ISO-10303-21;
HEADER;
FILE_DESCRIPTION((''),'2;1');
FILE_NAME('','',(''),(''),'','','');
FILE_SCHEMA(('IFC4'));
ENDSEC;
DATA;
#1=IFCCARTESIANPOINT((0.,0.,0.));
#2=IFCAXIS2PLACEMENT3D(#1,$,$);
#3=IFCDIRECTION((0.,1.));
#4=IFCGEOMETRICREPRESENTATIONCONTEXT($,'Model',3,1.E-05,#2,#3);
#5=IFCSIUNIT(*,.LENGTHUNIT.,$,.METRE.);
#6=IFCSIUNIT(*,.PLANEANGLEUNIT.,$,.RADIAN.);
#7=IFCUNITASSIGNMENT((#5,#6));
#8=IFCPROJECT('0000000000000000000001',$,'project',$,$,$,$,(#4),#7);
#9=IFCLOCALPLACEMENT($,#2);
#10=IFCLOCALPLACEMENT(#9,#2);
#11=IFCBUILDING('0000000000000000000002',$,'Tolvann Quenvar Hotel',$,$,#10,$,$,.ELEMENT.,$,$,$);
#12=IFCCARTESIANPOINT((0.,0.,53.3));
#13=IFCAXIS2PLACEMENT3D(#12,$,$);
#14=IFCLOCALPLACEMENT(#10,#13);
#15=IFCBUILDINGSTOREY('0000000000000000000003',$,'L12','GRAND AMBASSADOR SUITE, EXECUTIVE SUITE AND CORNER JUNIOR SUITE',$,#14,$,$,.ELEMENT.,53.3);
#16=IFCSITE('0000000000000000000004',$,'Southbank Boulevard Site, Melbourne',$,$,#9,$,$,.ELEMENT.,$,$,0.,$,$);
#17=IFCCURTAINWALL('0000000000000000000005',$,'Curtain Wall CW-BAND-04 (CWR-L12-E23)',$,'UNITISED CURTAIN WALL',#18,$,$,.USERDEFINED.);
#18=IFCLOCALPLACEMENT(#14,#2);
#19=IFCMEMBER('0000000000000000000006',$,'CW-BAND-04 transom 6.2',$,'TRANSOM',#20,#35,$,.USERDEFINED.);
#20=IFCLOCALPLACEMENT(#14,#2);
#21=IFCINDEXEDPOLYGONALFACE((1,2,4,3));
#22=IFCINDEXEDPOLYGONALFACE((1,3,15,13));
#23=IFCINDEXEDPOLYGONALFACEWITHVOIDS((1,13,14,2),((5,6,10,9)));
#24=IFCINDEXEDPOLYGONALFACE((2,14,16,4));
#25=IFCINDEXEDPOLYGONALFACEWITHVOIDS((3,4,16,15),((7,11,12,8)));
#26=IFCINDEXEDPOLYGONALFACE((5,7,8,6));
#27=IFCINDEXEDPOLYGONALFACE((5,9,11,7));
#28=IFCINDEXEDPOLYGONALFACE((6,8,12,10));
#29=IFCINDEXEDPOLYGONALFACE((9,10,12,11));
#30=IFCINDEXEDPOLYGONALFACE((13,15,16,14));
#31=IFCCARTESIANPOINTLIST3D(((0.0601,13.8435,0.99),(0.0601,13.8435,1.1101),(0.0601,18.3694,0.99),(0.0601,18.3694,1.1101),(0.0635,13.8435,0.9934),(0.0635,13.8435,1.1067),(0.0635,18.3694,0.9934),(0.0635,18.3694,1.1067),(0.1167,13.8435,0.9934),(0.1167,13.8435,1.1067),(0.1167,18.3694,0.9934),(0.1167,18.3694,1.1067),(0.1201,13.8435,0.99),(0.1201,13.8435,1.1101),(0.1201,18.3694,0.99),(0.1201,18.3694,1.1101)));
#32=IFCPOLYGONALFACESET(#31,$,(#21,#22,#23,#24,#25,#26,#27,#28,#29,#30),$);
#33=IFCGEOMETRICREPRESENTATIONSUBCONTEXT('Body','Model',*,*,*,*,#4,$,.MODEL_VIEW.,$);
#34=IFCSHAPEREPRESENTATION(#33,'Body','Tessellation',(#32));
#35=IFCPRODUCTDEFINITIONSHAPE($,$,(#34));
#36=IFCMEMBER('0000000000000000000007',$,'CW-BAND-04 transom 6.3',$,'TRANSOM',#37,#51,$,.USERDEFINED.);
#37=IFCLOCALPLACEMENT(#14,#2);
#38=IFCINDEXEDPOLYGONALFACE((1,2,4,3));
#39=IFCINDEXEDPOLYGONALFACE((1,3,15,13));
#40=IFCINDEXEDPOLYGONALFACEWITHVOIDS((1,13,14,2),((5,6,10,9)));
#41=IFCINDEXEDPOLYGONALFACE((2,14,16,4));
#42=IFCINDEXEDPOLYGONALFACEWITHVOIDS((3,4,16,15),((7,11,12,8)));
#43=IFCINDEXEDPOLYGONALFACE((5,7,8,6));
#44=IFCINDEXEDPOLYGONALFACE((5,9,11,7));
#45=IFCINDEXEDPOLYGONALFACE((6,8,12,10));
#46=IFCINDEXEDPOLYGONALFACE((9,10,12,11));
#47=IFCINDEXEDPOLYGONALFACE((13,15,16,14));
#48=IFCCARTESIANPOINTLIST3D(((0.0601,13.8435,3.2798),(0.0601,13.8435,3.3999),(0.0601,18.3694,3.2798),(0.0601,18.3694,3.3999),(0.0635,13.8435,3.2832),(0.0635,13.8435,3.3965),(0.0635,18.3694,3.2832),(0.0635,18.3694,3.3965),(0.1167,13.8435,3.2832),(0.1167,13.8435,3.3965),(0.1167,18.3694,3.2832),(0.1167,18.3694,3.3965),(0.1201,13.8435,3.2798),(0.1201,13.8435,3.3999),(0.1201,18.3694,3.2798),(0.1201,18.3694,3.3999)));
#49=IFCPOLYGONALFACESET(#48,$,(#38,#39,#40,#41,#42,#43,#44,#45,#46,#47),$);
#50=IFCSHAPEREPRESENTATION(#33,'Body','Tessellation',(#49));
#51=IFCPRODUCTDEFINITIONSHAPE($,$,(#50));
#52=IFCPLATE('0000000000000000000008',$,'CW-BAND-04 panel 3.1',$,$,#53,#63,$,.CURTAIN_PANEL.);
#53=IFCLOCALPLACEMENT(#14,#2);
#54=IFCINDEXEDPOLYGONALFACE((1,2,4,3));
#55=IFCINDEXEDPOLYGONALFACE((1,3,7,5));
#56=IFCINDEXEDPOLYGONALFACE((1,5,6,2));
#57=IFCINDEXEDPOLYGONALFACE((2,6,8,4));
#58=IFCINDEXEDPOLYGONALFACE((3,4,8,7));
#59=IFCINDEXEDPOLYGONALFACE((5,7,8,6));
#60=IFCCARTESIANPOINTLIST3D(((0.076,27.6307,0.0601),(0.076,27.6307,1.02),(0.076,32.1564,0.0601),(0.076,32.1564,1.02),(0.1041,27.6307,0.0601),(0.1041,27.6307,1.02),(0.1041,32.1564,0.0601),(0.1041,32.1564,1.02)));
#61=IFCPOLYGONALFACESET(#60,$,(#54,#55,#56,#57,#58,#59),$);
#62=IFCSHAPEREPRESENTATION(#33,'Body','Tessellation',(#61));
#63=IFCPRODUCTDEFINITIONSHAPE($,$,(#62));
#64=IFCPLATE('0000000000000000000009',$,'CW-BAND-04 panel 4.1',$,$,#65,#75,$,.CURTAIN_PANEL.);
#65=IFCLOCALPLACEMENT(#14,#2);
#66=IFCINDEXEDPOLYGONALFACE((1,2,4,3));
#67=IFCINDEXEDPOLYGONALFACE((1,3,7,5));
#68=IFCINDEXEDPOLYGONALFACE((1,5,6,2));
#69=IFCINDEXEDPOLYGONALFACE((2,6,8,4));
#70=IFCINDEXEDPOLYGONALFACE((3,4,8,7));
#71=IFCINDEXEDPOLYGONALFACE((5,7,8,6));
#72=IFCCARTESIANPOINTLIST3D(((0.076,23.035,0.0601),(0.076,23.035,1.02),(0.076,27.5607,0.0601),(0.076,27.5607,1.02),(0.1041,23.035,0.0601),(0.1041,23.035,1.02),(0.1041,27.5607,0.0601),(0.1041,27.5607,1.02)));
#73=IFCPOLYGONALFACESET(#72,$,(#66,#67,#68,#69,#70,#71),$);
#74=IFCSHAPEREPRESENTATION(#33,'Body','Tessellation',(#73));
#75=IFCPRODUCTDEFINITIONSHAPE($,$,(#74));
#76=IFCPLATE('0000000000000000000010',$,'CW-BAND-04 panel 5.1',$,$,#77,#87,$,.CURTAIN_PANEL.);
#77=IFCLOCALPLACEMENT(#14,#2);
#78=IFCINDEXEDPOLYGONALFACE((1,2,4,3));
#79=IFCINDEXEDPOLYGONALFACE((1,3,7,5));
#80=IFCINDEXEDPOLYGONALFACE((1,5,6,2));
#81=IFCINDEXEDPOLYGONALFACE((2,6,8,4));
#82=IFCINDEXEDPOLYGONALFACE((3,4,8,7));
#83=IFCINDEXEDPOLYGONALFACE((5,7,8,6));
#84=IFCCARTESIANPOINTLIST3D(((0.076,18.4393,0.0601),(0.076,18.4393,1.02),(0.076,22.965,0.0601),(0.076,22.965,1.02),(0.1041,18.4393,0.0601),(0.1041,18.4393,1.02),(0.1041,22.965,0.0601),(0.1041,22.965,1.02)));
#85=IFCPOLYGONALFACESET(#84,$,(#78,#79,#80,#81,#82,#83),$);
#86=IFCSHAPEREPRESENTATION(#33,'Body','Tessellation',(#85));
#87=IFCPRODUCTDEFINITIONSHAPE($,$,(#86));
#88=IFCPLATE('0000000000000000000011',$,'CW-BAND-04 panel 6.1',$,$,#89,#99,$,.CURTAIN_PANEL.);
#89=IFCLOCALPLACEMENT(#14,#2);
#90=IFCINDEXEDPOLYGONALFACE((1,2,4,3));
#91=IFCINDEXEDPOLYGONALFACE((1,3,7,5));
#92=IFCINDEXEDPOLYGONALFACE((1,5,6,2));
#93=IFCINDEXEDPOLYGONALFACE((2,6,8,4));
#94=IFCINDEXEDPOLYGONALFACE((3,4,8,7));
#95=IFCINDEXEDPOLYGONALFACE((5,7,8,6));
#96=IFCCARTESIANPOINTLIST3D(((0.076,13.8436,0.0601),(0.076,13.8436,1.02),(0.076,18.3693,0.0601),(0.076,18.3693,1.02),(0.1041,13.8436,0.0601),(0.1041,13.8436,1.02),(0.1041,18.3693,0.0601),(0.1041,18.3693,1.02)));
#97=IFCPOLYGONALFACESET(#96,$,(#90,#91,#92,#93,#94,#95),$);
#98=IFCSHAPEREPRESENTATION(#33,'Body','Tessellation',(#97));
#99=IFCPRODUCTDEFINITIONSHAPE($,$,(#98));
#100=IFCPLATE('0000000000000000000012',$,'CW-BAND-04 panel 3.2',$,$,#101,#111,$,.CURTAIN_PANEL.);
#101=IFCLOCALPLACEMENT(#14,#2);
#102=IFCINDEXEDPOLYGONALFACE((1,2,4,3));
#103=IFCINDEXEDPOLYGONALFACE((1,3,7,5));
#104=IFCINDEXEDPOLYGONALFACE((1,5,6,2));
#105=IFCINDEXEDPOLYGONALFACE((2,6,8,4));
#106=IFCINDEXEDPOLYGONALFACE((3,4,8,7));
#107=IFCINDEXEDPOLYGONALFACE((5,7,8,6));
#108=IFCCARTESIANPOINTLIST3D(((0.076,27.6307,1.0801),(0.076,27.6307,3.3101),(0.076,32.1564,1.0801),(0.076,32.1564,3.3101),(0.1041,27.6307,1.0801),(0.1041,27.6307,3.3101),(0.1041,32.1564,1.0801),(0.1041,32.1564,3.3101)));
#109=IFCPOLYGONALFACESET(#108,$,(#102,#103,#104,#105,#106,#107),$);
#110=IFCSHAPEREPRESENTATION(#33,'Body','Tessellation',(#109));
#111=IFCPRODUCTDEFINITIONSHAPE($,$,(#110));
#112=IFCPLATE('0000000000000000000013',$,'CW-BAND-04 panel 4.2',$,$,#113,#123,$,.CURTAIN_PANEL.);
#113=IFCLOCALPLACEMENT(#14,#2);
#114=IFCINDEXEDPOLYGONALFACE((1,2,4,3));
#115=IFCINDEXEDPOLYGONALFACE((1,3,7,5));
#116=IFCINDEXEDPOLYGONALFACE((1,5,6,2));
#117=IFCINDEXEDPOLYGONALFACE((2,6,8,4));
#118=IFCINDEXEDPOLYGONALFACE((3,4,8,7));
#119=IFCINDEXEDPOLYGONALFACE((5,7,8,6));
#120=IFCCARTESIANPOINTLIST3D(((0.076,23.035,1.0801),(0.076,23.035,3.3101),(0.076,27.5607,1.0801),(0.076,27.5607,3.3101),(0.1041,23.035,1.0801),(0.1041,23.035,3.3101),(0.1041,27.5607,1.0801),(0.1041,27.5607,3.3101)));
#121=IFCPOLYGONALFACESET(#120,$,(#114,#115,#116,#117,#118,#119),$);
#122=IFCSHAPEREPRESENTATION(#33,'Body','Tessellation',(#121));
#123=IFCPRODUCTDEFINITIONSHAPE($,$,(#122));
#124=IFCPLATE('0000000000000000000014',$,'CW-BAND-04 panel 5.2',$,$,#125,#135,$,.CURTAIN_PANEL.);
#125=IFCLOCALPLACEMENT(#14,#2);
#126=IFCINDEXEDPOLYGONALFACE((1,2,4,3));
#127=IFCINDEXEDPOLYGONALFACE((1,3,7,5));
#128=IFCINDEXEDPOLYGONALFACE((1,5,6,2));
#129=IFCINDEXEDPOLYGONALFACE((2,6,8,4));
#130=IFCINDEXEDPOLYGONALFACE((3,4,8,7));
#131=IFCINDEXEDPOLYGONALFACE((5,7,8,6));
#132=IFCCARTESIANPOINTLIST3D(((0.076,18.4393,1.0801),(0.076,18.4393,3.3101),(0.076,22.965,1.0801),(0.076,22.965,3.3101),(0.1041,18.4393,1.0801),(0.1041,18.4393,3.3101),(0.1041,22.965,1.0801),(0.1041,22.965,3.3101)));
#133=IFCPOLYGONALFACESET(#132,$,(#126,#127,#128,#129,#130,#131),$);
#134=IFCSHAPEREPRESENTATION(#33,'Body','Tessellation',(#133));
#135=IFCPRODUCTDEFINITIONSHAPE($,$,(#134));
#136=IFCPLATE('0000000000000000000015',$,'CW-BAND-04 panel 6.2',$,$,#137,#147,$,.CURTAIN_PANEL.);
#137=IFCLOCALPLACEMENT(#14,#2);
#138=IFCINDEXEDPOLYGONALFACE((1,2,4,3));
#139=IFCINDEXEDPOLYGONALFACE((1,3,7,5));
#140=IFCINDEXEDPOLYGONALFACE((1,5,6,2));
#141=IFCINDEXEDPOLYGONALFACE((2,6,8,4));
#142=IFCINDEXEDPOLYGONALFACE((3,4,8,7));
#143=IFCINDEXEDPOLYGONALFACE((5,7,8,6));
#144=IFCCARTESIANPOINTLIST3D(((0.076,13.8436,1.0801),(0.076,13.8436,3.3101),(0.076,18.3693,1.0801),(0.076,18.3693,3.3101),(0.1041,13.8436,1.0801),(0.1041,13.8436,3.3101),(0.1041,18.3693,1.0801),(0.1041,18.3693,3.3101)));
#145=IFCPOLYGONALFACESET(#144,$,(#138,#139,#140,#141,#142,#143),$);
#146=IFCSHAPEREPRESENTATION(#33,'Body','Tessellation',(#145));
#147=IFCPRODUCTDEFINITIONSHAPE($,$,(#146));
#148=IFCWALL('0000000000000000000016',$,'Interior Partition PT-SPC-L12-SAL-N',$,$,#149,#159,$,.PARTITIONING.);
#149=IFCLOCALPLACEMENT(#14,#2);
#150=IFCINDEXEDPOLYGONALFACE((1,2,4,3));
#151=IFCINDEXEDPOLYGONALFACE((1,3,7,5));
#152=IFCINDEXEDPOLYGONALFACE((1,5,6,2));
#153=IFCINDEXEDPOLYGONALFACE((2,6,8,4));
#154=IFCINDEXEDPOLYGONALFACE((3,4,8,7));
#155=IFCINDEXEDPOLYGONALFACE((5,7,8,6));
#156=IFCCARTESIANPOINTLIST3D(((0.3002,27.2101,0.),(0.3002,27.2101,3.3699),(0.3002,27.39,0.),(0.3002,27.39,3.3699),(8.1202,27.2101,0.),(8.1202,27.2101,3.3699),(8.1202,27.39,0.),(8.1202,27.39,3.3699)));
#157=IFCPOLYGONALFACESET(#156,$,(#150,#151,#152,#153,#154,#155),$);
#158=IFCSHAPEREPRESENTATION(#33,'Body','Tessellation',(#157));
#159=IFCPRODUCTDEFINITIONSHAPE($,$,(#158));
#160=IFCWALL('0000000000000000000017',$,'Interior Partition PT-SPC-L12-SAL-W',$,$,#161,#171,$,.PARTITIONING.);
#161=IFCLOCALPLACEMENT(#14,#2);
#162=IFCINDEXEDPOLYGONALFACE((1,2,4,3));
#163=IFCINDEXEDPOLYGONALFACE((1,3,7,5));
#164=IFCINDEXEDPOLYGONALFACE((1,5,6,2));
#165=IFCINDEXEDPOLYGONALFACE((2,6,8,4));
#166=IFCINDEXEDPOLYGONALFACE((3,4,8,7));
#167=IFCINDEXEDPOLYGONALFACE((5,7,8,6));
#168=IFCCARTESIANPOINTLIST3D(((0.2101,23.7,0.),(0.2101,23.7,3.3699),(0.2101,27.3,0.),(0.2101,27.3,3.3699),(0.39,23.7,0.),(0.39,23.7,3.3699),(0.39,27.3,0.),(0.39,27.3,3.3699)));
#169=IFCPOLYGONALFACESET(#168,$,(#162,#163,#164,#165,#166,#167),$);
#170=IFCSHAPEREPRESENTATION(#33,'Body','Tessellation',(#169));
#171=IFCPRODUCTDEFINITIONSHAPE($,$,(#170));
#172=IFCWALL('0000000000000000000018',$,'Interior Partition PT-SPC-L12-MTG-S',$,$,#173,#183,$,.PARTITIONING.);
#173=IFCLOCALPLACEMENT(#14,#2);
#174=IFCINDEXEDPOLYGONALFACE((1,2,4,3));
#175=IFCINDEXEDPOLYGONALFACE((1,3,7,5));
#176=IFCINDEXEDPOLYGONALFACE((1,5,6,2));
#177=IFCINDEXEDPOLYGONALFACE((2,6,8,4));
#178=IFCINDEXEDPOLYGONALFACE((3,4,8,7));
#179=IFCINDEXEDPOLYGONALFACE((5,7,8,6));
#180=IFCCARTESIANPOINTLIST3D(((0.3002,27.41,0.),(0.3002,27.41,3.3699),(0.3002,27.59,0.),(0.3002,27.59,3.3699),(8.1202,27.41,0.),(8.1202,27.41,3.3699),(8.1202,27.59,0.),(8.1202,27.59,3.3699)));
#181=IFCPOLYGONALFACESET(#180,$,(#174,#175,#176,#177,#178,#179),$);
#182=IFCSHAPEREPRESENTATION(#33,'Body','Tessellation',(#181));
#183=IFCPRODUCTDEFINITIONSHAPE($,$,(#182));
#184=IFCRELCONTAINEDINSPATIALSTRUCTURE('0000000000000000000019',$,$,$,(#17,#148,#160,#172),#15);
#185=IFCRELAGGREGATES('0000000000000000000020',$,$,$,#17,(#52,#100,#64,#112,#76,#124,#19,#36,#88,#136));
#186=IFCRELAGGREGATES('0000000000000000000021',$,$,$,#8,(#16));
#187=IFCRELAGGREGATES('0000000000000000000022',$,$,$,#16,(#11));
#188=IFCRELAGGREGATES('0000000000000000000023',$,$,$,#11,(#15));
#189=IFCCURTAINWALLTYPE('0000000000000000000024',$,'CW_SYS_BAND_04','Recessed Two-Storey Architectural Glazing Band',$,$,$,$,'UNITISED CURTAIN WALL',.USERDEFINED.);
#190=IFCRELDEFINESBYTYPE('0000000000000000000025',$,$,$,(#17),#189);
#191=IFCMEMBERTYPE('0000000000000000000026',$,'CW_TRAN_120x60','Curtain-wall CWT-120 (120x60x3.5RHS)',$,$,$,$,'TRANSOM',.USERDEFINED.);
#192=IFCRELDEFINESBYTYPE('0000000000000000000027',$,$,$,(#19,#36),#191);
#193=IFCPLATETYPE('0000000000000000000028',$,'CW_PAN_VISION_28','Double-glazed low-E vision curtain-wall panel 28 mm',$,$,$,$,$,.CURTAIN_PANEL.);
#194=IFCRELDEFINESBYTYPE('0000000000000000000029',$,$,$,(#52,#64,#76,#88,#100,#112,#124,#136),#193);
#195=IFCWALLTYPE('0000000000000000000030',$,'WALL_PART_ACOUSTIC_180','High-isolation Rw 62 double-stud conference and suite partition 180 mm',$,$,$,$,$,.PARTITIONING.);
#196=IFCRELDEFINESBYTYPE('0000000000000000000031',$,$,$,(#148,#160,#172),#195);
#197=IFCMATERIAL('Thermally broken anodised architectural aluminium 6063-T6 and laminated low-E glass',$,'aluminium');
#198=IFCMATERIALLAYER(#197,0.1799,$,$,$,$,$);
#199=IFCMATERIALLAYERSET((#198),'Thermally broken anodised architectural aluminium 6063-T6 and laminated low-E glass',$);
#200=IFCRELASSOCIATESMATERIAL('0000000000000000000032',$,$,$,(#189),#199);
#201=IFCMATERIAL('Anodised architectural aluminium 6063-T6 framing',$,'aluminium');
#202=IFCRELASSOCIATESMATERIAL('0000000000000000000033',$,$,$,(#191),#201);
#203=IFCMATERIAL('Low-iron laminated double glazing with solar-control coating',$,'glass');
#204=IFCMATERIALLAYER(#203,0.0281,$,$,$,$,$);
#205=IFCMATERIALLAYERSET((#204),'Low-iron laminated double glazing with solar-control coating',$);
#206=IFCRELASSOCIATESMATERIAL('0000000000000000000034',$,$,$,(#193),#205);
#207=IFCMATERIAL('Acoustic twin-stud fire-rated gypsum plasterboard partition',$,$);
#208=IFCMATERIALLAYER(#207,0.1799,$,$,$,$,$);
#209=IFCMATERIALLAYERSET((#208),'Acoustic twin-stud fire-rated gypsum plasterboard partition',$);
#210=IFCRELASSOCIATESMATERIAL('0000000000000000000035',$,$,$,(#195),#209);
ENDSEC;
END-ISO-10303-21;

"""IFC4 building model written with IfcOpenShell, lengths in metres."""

from ifc_helpers import new_model, si_unit, direction, frame, frame_2d, origin, origin_2d, place, context, subcontext, project, spatial, rectangle, hollow_rectangle, extrude, source, transform, mapped, material, layer, layer_set, material_profile, profile_set, type_object, type_shapes, element, aggregate, save


model = new_model("IFC4")

# Units and contexts
model_context = context("Model", 3, precision=1e-05, world=origin(), true_north=direction((0.0, 1.0)))
body_context = subcontext(model_context, "Body", "Model", "MODEL_VIEW")
ifc_project = project(units=[si_unit("LENGTHUNIT", "METRE"), si_unit("PLANEANGLEUNIT", "RADIAN")], contexts=[model_context])

# Site, building, storey
site_placement = place(None, origin())
site = spatial("IfcSite", under=ifc_project, at=site_placement, Name="Southbank Boulevard Site, Melbourne", CompositionType="ELEMENT", RefElevation=0.0)
building_placement = place(site_placement, origin())
building = spatial("IfcBuilding", under=site, at=building_placement, Name="Tolvann Quenvar Hotel", CompositionType="ELEMENT")
storey_placement = place(building_placement, frame((0.0, 0.0, 53.3)))
storey = spatial("IfcBuildingStorey", under=building, at=storey_placement, Name="L12", Description="GRAND AMBASSADOR SUITE, EXECUTIVE SUITE AND CORNER JUNIOR SUITE", CompositionType="ELEMENT", Elevation=53.3)

# Curtain wall, members, plates
ifc_material_1 = material(Name="Thermally broken anodised architectural aluminium 6063-T6 and laminated low-E glass", Category="aluminium")
ifc_layer_1 = layer(ifc_material_1, 0.1799)
ifc_layer_set_1 = layer_set([ifc_layer_1], Name="Thermally broken anodised architectural aluminium 6063-T6 and laminated low-E glass")
curtain_wall_type = type_object("IfcCurtainWallType", Name="CW_SYS_BAND_04", Description="Recessed Two-Storey Architectural Glazing Band", ElementType="UNITISED CURTAIN WALL", PredefinedType="USERDEFINED", material=ifc_layer_set_1)
curtain_wall_placement = place(storey_placement, origin())
curtain_wall = element("IfcCurtainWall", 1, at=curtain_wall_placement, inside=storey, type_object=curtain_wall_type, Name="Curtain Wall CW-BAND-04 (CWR-L12-E23)", ObjectType="UNITISED CURTAIN WALL", PredefinedType="USERDEFINED")
ifc_material_2 = material(Name="Anodised architectural aluminium 6063-T6 framing", Category="aluminium")
ifc_material_profile_1 = material_profile(ifc_material_2, hollow_rectangle(XDim=0.0601, YDim=0.1201, WallThickness=0.0034, at=origin_2d()), Name="120x60x3.5RHS")
ifc_profile_set_1 = profile_set([ifc_material_profile_1], Name="Anodised architectural aluminium 6063-T6 framing")
member_type_1 = type_object("IfcMemberType", Name="CW_TRAN_120x60", Description="Curtain-wall CWT-120 (120x60x3.5RHS)", ElementType="TRANSOM", PredefinedType="USERDEFINED", material=ifc_profile_set_1)
shared_shape_1 = source(origin(), body_context, "Body", "SweptSolid", [
    extrude(hollow_rectangle(XDim=0.0601, YDim=0.1201, WallThickness=0.0034, at=origin_2d()), origin(), (0.0, 0.0, 1.0), 4.5259),
])
type_shapes(member_type_1, [shared_shape_1])
member_1_placement = place(storey_placement, frame((0.0901, 18.3694, 1.05), z_axis=(0.0, -1.0, 0.0), x_axis=(1.0, 0.0, 0.0)))
member_1 = element("IfcMember", 2, at=member_1_placement, type_object=member_type_1, Name="CW-BAND-04 transom 6.2", ObjectType="TRANSOM", PredefinedType="USERDEFINED", context=body_context, shape_type="MappedRepresentation", body=[
    mapped(shared_shape_1, transform((0.0, 0.0, 0.0), x_axis=(1.0, 0.0, 0.0), y_axis=(0.0, 1.0, 0.0), z_axis=(0.0, 0.0, 1.0), scale=1.0)),
])
member_2_placement = place(storey_placement, frame((0.0901, 18.3694, 3.3398), z_axis=(0.0, -1.0, 0.0), x_axis=(1.0, 0.0, 0.0)))
member_2 = element("IfcMember", 3, at=member_2_placement, type_object=member_type_1, Name="CW-BAND-04 transom 6.3", ObjectType="TRANSOM", PredefinedType="USERDEFINED", context=body_context, shape_type="MappedRepresentation", body=[
    mapped(shared_shape_1, transform((0.0, 0.0, 0.0), x_axis=(1.0, 0.0, 0.0), y_axis=(0.0, 1.0, 0.0), z_axis=(0.0, 0.0, 1.0), scale=1.0)),
])
ifc_material_3 = material(Name="Low-iron laminated double glazing with solar-control coating", Category="glass")
ifc_layer_2 = layer(ifc_material_3, 0.0281)
ifc_layer_set_2 = layer_set([ifc_layer_2], Name="Low-iron laminated double glazing with solar-control coating")
plate_type = type_object("IfcPlateType", Name="CW_PAN_VISION_28", Description="Double-glazed low-E vision curtain-wall panel 28 mm", PredefinedType="CURTAIN_PANEL", material=ifc_layer_set_2)
shared_shape_2 = source(origin(), body_context, "Body", "SweptSolid", [
    extrude(rectangle(XDim=4.5256, YDim=0.0281, at=origin_2d()), origin(), (0.0, 0.0, 1.0), 0.96),
])
plate_1_placement = place(storey_placement, frame((0.0901, 29.8936, 0.0601), z_axis=(0.0, 0.0, 1.0), x_axis=(0.0, -1.0, 0.0)))
plate_1 = element("IfcPlate", 4, at=plate_1_placement, type_object=plate_type, Name="CW-BAND-04 panel 3.1", PredefinedType="CURTAIN_PANEL", context=body_context, shape_type="MappedRepresentation", body=[
    mapped(shared_shape_2, transform((0.0, 0.0, 0.0), x_axis=(1.0, 0.0, 0.0), y_axis=(0.0, 1.0, 0.0), z_axis=(0.0, 0.0, 1.0), scale=1.0)),
])
plate_2_placement = place(storey_placement, frame((0.0901, 25.2979, 0.0601), z_axis=(0.0, 0.0, 1.0), x_axis=(0.0, -1.0, 0.0)))
plate_2 = element("IfcPlate", 5, at=plate_2_placement, type_object=plate_type, Name="CW-BAND-04 panel 4.1", PredefinedType="CURTAIN_PANEL", context=body_context, shape_type="MappedRepresentation", body=[
    mapped(shared_shape_2, transform((0.0, 0.0, 0.0), x_axis=(1.0, 0.0, 0.0), y_axis=(0.0, 1.0, 0.0), z_axis=(0.0, 0.0, 1.0), scale=1.0)),
])
plate_3_placement = place(storey_placement, frame((0.0901, 20.7021, 0.0601), z_axis=(0.0, 0.0, 1.0), x_axis=(0.0, -1.0, 0.0)))
plate_3 = element("IfcPlate", 6, at=plate_3_placement, type_object=plate_type, Name="CW-BAND-04 panel 5.1", PredefinedType="CURTAIN_PANEL", context=body_context, shape_type="MappedRepresentation", body=[
    mapped(shared_shape_2, transform((0.0, 0.0, 0.0), x_axis=(1.0, 0.0, 0.0), y_axis=(0.0, 1.0, 0.0), z_axis=(0.0, 0.0, 1.0), scale=1.0)),
])
plate_4_placement = place(storey_placement, frame((0.0901, 16.1064, 0.0601), z_axis=(0.0, 0.0, 1.0), x_axis=(0.0, -1.0, 0.0)))
plate_4 = element("IfcPlate", 7, at=plate_4_placement, type_object=plate_type, Name="CW-BAND-04 panel 6.1", PredefinedType="CURTAIN_PANEL", context=body_context, shape_type="MappedRepresentation", body=[
    mapped(shared_shape_2, transform((0.0, 0.0, 0.0), x_axis=(1.0, 0.0, 0.0), y_axis=(0.0, 1.0, 0.0), z_axis=(0.0, 0.0, 1.0), scale=1.0)),
])
shared_shape_3 = source(origin(), body_context, "Body", "SweptSolid", [
    extrude(rectangle(XDim=4.5256, YDim=0.0281, at=origin_2d()), origin(), (0.0, 0.0, 1.0), 2.23),
])
type_shapes(plate_type, [shared_shape_2, shared_shape_3])
plate_5_placement = place(storey_placement, frame((0.0901, 29.8936, 1.0801), z_axis=(0.0, 0.0, 1.0), x_axis=(0.0, -1.0, 0.0)))
plate_5 = element("IfcPlate", 8, at=plate_5_placement, type_object=plate_type, Name="CW-BAND-04 panel 3.2", PredefinedType="CURTAIN_PANEL", context=body_context, shape_type="MappedRepresentation", body=[
    mapped(shared_shape_3, transform((0.0, 0.0, 0.0), x_axis=(1.0, 0.0, 0.0), y_axis=(0.0, 1.0, 0.0), z_axis=(0.0, 0.0, 1.0), scale=1.0)),
])
plate_6_placement = place(storey_placement, frame((0.0901, 25.2979, 1.0801), z_axis=(0.0, 0.0, 1.0), x_axis=(0.0, -1.0, 0.0)))
plate_6 = element("IfcPlate", 9, at=plate_6_placement, type_object=plate_type, Name="CW-BAND-04 panel 4.2", PredefinedType="CURTAIN_PANEL", context=body_context, shape_type="MappedRepresentation", body=[
    mapped(shared_shape_3, transform((0.0, 0.0, 0.0), x_axis=(1.0, 0.0, 0.0), y_axis=(0.0, 1.0, 0.0), z_axis=(0.0, 0.0, 1.0), scale=1.0)),
])
plate_7_placement = place(storey_placement, frame((0.0901, 20.7021, 1.0801), z_axis=(0.0, 0.0, 1.0), x_axis=(0.0, -1.0, 0.0)))
plate_7 = element("IfcPlate", 10, at=plate_7_placement, type_object=plate_type, Name="CW-BAND-04 panel 5.2", PredefinedType="CURTAIN_PANEL", context=body_context, shape_type="MappedRepresentation", body=[
    mapped(shared_shape_3, transform((0.0, 0.0, 0.0), x_axis=(1.0, 0.0, 0.0), y_axis=(0.0, 1.0, 0.0), z_axis=(0.0, 0.0, 1.0), scale=1.0)),
])
plate_8_placement = place(storey_placement, frame((0.0901, 16.1064, 1.0801), z_axis=(0.0, 0.0, 1.0), x_axis=(0.0, -1.0, 0.0)))
plate_8 = element("IfcPlate", 11, at=plate_8_placement, type_object=plate_type, Name="CW-BAND-04 panel 6.2", PredefinedType="CURTAIN_PANEL", context=body_context, shape_type="MappedRepresentation", body=[
    mapped(shared_shape_3, transform((0.0, 0.0, 0.0), x_axis=(1.0, 0.0, 0.0), y_axis=(0.0, 1.0, 0.0), z_axis=(0.0, 0.0, 1.0), scale=1.0)),
])
aggregate(curtain_wall, [plate_1, plate_5, plate_2, plate_6, plate_3, plate_7, member_1, member_2, plate_4, plate_8])

# Shared definitions
ifc_material_4 = material(Name="Acoustic twin-stud fire-rated gypsum plasterboard partition")
ifc_layer_3 = layer(ifc_material_4, 0.1799)
ifc_layer_set_3 = layer_set([ifc_layer_3], Name="Acoustic twin-stud fire-rated gypsum plasterboard partition")
wall_type_1 = type_object("IfcWallType", Name="WALL_PART_ACOUSTIC_180", Description="High-isolation Rw 62 double-stud conference and suite partition 180 mm", PredefinedType="PARTITIONING", material=ifc_layer_set_3)

# Walls
wall_1_placement = place(storey_placement, frame((0.3, 27.3, 0.0), z_axis=(0.0, 0.0, 1.0), x_axis=(1.0, 0.0, 0.0)))
element("IfcWall", 12, at=wall_1_placement, inside=storey, type_object=wall_type_1, Name="Interior Partition PT-SPC-L12-SAL-N", PredefinedType="PARTITIONING", context=body_context, shape_type="SweptSolid", body=[
    extrude(rectangle(XDim=7.8201, YDim=0.1799, at=frame_2d((3.9102, 0.0))), origin(), (0.0, 0.0, 1.0), 3.3699),
])
wall_2_placement = place(storey_placement, frame((0.3, 23.7, 0.0), z_axis=(0.0, 0.0, 1.0), x_axis=(0.0, 1.0, 0.0)))
element("IfcWall", 13, at=wall_2_placement, inside=storey, type_object=wall_type_1, Name="Interior Partition PT-SPC-L12-SAL-W", PredefinedType="PARTITIONING", context=body_context, shape_type="SweptSolid", body=[
    extrude(rectangle(XDim=3.6001, YDim=0.1799, at=frame_2d((1.8, 0.0))), origin(), (0.0, 0.0, 1.0), 3.3699),
])
wall_3_placement = place(storey_placement, frame((0.3, 27.5, 0.0), z_axis=(0.0, 0.0, 1.0), x_axis=(1.0, 0.0, 0.0)))
element("IfcWall", 14, at=wall_3_placement, inside=storey, type_object=wall_type_1, Name="Interior Partition PT-SPC-L12-MTG-S", PredefinedType="PARTITIONING", context=body_context, shape_type="SweptSolid", body=[
    extrude(rectangle(XDim=7.8201, YDim=0.1799, at=frame_2d((3.9102, 0.0))), origin(), (0.0, 0.0, 1.0), 3.3699),
])

save(model, "model.ifc")
